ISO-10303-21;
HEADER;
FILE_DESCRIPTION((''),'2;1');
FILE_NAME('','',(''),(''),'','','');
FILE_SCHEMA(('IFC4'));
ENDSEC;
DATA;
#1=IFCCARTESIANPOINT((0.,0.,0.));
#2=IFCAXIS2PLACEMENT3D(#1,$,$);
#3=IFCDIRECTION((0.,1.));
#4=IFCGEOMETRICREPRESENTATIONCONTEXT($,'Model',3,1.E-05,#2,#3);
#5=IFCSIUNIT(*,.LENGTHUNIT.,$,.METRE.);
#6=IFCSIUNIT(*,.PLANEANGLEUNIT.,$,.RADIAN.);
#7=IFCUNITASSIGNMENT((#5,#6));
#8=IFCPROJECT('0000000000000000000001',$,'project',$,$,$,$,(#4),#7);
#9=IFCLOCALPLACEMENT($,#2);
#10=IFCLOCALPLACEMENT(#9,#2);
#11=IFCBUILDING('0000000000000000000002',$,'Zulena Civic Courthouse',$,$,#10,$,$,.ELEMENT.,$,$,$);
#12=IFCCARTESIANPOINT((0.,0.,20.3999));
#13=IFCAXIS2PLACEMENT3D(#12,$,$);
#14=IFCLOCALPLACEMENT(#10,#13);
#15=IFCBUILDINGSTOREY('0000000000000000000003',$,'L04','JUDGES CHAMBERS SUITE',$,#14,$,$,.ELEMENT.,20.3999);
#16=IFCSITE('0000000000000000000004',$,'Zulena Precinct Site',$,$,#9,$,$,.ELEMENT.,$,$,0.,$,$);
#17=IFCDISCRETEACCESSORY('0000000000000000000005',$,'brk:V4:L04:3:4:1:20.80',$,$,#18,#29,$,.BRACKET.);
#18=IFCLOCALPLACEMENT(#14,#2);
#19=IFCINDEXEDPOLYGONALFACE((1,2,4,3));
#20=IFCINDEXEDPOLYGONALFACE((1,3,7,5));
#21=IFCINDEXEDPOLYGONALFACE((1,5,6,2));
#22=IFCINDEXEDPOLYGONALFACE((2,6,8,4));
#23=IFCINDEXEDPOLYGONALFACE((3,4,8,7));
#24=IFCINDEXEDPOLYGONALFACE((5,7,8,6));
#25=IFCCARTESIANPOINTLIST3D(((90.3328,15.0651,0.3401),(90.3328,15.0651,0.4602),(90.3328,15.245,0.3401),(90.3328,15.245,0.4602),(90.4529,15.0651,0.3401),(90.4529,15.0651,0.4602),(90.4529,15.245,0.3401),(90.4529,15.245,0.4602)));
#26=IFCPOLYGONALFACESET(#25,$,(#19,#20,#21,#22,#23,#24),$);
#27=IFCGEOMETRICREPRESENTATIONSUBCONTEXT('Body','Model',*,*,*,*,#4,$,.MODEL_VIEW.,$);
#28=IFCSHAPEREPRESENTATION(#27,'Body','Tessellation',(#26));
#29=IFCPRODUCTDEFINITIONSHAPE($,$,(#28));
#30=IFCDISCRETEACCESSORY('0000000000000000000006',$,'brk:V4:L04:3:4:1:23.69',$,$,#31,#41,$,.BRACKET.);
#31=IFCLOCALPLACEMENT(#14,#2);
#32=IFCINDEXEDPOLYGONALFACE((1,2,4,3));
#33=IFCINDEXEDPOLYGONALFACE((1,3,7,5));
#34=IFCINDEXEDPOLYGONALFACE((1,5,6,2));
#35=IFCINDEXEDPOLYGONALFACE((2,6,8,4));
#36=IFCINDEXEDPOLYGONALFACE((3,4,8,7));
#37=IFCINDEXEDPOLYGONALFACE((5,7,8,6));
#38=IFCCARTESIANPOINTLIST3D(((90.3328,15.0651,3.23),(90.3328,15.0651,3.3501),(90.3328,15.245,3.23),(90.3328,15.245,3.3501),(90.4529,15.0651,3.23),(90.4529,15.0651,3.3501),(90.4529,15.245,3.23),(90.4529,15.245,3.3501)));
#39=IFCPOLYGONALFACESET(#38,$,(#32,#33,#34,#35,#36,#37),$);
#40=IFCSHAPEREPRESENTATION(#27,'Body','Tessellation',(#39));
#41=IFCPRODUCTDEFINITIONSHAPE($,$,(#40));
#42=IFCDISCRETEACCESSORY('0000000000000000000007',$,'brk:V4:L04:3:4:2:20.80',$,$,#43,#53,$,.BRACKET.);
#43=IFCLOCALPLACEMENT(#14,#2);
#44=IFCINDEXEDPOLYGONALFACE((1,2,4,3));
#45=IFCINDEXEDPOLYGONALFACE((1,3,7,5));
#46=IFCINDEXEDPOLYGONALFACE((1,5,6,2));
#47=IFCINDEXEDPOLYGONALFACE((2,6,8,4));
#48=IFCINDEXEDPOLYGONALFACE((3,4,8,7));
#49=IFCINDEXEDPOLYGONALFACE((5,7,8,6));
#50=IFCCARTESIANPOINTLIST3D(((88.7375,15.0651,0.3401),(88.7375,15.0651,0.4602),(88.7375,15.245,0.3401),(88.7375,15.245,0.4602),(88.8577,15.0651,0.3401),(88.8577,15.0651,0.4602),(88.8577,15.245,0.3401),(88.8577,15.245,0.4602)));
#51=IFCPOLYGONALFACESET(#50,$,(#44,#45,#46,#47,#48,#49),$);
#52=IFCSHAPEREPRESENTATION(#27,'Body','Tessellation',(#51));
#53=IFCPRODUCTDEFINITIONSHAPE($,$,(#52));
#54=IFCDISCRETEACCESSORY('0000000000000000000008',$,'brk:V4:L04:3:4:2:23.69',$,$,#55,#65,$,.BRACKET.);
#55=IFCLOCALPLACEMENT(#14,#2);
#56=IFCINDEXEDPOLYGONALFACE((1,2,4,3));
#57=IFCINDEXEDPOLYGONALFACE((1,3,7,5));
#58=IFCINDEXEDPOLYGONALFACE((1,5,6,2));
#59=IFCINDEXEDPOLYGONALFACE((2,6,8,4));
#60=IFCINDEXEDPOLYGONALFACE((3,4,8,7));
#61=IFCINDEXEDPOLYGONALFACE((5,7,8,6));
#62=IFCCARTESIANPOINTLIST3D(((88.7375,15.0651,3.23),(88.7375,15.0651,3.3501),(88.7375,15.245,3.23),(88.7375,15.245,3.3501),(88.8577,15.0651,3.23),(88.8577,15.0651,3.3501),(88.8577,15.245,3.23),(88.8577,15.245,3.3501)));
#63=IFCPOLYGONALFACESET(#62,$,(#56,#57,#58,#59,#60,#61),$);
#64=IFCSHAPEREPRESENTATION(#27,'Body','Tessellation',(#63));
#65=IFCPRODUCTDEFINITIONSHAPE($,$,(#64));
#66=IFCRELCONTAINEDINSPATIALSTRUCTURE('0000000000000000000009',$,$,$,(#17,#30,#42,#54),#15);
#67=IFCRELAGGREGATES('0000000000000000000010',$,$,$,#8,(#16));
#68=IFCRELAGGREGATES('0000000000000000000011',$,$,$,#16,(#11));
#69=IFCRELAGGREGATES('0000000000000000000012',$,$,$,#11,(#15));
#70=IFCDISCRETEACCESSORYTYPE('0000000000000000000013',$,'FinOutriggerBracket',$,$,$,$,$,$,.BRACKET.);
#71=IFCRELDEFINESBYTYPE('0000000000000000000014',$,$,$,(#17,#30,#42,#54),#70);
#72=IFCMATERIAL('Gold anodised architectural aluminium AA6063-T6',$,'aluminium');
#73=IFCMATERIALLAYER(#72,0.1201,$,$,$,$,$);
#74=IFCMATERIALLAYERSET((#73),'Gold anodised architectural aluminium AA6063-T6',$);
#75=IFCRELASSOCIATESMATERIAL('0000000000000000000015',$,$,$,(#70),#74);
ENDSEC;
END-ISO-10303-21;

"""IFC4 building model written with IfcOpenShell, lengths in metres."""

from ifc_helpers import new_model, si_unit, direction, frame, origin, origin_2d, place, context, subcontext, project, spatial, rectangle, extrude, material, layer, layer_set, type_object, element, save


model = new_model("IFC4")

# Units and contexts
model_context = context("Model", 3, precision=1e-05, world=origin(), true_north=direction((0.0, 1.0)))
body_context = subcontext(model_context, "Body", "Model", "MODEL_VIEW")
ifc_project = project(units=[si_unit("LENGTHUNIT", "METRE"), si_unit("PLANEANGLEUNIT", "RADIAN")], contexts=[model_context])

# Site, building, storey
site_placement = place(None, origin())
site = spatial("IfcSite", under=ifc_project, at=site_placement, Name="Zulena Precinct Site", CompositionType="ELEMENT", RefElevation=0.0)
building_placement = place(site_placement, origin())
building = spatial("IfcBuilding", under=site, at=building_placement, Name="Zulena Civic Courthouse", CompositionType="ELEMENT")
storey_placement = place(building_placement, frame((0.0, 0.0, 20.3999)))
storey = spatial("IfcBuildingStorey", under=building, at=storey_placement, Name="L04", Description="JUDGES CHAMBERS SUITE", CompositionType="ELEMENT", Elevation=20.3999)

# Shared definitions
ifc_material_1 = material(Name="Gold anodised architectural aluminium AA6063-T6", Category="aluminium")

# Discrete accessories
ifc_layer_1 = layer(ifc_material_1, 0.1201)
ifc_layer_set_1 = layer_set([ifc_layer_1], Name="Gold anodised architectural aluminium AA6063-T6")
discrete_accessory_type = type_object("IfcDiscreteAccessoryType", Name="FinOutriggerBracket", PredefinedType="BRACKET", material=ifc_layer_set_1)
for number, where, z_axis, x_axis, name in (
    (1, (90.3928, 15.155, 0.3401), (0.0, 0.0, 1.0), (0.0, -1.0, 0.0), "brk:V4:L04:3:4:1:20.80"),
    (2, (90.3928, 15.155, 3.23), (0.0, 0.0, 1.0), (0.0, -1.0, 0.0), "brk:V4:L04:3:4:1:23.69"),
    (3, (88.7976, 15.155, 0.3401), (0.0, 0.0, 1.0), (0.0, -1.0, 0.0), "brk:V4:L04:3:4:2:20.80"),
    (4, (88.7976, 15.155, 3.23), (0.0, 0.0, 1.0), (0.0, -1.0, 0.0), "brk:V4:L04:3:4:2:23.69"),
):
    element("IfcDiscreteAccessory", number, at=place(storey_placement, frame(where, z_axis=z_axis, x_axis=x_axis)), inside=storey, type_object=discrete_accessory_type, Name=name, PredefinedType="BRACKET", context=body_context, shape_type="SweptSolid", body=[
        extrude(rectangle(XDim=0.1799, YDim=0.1201, at=origin_2d()), origin(), (0.0, 0.0, 1.0), 0.1201),
    ])

save(model, "model.ifc")
